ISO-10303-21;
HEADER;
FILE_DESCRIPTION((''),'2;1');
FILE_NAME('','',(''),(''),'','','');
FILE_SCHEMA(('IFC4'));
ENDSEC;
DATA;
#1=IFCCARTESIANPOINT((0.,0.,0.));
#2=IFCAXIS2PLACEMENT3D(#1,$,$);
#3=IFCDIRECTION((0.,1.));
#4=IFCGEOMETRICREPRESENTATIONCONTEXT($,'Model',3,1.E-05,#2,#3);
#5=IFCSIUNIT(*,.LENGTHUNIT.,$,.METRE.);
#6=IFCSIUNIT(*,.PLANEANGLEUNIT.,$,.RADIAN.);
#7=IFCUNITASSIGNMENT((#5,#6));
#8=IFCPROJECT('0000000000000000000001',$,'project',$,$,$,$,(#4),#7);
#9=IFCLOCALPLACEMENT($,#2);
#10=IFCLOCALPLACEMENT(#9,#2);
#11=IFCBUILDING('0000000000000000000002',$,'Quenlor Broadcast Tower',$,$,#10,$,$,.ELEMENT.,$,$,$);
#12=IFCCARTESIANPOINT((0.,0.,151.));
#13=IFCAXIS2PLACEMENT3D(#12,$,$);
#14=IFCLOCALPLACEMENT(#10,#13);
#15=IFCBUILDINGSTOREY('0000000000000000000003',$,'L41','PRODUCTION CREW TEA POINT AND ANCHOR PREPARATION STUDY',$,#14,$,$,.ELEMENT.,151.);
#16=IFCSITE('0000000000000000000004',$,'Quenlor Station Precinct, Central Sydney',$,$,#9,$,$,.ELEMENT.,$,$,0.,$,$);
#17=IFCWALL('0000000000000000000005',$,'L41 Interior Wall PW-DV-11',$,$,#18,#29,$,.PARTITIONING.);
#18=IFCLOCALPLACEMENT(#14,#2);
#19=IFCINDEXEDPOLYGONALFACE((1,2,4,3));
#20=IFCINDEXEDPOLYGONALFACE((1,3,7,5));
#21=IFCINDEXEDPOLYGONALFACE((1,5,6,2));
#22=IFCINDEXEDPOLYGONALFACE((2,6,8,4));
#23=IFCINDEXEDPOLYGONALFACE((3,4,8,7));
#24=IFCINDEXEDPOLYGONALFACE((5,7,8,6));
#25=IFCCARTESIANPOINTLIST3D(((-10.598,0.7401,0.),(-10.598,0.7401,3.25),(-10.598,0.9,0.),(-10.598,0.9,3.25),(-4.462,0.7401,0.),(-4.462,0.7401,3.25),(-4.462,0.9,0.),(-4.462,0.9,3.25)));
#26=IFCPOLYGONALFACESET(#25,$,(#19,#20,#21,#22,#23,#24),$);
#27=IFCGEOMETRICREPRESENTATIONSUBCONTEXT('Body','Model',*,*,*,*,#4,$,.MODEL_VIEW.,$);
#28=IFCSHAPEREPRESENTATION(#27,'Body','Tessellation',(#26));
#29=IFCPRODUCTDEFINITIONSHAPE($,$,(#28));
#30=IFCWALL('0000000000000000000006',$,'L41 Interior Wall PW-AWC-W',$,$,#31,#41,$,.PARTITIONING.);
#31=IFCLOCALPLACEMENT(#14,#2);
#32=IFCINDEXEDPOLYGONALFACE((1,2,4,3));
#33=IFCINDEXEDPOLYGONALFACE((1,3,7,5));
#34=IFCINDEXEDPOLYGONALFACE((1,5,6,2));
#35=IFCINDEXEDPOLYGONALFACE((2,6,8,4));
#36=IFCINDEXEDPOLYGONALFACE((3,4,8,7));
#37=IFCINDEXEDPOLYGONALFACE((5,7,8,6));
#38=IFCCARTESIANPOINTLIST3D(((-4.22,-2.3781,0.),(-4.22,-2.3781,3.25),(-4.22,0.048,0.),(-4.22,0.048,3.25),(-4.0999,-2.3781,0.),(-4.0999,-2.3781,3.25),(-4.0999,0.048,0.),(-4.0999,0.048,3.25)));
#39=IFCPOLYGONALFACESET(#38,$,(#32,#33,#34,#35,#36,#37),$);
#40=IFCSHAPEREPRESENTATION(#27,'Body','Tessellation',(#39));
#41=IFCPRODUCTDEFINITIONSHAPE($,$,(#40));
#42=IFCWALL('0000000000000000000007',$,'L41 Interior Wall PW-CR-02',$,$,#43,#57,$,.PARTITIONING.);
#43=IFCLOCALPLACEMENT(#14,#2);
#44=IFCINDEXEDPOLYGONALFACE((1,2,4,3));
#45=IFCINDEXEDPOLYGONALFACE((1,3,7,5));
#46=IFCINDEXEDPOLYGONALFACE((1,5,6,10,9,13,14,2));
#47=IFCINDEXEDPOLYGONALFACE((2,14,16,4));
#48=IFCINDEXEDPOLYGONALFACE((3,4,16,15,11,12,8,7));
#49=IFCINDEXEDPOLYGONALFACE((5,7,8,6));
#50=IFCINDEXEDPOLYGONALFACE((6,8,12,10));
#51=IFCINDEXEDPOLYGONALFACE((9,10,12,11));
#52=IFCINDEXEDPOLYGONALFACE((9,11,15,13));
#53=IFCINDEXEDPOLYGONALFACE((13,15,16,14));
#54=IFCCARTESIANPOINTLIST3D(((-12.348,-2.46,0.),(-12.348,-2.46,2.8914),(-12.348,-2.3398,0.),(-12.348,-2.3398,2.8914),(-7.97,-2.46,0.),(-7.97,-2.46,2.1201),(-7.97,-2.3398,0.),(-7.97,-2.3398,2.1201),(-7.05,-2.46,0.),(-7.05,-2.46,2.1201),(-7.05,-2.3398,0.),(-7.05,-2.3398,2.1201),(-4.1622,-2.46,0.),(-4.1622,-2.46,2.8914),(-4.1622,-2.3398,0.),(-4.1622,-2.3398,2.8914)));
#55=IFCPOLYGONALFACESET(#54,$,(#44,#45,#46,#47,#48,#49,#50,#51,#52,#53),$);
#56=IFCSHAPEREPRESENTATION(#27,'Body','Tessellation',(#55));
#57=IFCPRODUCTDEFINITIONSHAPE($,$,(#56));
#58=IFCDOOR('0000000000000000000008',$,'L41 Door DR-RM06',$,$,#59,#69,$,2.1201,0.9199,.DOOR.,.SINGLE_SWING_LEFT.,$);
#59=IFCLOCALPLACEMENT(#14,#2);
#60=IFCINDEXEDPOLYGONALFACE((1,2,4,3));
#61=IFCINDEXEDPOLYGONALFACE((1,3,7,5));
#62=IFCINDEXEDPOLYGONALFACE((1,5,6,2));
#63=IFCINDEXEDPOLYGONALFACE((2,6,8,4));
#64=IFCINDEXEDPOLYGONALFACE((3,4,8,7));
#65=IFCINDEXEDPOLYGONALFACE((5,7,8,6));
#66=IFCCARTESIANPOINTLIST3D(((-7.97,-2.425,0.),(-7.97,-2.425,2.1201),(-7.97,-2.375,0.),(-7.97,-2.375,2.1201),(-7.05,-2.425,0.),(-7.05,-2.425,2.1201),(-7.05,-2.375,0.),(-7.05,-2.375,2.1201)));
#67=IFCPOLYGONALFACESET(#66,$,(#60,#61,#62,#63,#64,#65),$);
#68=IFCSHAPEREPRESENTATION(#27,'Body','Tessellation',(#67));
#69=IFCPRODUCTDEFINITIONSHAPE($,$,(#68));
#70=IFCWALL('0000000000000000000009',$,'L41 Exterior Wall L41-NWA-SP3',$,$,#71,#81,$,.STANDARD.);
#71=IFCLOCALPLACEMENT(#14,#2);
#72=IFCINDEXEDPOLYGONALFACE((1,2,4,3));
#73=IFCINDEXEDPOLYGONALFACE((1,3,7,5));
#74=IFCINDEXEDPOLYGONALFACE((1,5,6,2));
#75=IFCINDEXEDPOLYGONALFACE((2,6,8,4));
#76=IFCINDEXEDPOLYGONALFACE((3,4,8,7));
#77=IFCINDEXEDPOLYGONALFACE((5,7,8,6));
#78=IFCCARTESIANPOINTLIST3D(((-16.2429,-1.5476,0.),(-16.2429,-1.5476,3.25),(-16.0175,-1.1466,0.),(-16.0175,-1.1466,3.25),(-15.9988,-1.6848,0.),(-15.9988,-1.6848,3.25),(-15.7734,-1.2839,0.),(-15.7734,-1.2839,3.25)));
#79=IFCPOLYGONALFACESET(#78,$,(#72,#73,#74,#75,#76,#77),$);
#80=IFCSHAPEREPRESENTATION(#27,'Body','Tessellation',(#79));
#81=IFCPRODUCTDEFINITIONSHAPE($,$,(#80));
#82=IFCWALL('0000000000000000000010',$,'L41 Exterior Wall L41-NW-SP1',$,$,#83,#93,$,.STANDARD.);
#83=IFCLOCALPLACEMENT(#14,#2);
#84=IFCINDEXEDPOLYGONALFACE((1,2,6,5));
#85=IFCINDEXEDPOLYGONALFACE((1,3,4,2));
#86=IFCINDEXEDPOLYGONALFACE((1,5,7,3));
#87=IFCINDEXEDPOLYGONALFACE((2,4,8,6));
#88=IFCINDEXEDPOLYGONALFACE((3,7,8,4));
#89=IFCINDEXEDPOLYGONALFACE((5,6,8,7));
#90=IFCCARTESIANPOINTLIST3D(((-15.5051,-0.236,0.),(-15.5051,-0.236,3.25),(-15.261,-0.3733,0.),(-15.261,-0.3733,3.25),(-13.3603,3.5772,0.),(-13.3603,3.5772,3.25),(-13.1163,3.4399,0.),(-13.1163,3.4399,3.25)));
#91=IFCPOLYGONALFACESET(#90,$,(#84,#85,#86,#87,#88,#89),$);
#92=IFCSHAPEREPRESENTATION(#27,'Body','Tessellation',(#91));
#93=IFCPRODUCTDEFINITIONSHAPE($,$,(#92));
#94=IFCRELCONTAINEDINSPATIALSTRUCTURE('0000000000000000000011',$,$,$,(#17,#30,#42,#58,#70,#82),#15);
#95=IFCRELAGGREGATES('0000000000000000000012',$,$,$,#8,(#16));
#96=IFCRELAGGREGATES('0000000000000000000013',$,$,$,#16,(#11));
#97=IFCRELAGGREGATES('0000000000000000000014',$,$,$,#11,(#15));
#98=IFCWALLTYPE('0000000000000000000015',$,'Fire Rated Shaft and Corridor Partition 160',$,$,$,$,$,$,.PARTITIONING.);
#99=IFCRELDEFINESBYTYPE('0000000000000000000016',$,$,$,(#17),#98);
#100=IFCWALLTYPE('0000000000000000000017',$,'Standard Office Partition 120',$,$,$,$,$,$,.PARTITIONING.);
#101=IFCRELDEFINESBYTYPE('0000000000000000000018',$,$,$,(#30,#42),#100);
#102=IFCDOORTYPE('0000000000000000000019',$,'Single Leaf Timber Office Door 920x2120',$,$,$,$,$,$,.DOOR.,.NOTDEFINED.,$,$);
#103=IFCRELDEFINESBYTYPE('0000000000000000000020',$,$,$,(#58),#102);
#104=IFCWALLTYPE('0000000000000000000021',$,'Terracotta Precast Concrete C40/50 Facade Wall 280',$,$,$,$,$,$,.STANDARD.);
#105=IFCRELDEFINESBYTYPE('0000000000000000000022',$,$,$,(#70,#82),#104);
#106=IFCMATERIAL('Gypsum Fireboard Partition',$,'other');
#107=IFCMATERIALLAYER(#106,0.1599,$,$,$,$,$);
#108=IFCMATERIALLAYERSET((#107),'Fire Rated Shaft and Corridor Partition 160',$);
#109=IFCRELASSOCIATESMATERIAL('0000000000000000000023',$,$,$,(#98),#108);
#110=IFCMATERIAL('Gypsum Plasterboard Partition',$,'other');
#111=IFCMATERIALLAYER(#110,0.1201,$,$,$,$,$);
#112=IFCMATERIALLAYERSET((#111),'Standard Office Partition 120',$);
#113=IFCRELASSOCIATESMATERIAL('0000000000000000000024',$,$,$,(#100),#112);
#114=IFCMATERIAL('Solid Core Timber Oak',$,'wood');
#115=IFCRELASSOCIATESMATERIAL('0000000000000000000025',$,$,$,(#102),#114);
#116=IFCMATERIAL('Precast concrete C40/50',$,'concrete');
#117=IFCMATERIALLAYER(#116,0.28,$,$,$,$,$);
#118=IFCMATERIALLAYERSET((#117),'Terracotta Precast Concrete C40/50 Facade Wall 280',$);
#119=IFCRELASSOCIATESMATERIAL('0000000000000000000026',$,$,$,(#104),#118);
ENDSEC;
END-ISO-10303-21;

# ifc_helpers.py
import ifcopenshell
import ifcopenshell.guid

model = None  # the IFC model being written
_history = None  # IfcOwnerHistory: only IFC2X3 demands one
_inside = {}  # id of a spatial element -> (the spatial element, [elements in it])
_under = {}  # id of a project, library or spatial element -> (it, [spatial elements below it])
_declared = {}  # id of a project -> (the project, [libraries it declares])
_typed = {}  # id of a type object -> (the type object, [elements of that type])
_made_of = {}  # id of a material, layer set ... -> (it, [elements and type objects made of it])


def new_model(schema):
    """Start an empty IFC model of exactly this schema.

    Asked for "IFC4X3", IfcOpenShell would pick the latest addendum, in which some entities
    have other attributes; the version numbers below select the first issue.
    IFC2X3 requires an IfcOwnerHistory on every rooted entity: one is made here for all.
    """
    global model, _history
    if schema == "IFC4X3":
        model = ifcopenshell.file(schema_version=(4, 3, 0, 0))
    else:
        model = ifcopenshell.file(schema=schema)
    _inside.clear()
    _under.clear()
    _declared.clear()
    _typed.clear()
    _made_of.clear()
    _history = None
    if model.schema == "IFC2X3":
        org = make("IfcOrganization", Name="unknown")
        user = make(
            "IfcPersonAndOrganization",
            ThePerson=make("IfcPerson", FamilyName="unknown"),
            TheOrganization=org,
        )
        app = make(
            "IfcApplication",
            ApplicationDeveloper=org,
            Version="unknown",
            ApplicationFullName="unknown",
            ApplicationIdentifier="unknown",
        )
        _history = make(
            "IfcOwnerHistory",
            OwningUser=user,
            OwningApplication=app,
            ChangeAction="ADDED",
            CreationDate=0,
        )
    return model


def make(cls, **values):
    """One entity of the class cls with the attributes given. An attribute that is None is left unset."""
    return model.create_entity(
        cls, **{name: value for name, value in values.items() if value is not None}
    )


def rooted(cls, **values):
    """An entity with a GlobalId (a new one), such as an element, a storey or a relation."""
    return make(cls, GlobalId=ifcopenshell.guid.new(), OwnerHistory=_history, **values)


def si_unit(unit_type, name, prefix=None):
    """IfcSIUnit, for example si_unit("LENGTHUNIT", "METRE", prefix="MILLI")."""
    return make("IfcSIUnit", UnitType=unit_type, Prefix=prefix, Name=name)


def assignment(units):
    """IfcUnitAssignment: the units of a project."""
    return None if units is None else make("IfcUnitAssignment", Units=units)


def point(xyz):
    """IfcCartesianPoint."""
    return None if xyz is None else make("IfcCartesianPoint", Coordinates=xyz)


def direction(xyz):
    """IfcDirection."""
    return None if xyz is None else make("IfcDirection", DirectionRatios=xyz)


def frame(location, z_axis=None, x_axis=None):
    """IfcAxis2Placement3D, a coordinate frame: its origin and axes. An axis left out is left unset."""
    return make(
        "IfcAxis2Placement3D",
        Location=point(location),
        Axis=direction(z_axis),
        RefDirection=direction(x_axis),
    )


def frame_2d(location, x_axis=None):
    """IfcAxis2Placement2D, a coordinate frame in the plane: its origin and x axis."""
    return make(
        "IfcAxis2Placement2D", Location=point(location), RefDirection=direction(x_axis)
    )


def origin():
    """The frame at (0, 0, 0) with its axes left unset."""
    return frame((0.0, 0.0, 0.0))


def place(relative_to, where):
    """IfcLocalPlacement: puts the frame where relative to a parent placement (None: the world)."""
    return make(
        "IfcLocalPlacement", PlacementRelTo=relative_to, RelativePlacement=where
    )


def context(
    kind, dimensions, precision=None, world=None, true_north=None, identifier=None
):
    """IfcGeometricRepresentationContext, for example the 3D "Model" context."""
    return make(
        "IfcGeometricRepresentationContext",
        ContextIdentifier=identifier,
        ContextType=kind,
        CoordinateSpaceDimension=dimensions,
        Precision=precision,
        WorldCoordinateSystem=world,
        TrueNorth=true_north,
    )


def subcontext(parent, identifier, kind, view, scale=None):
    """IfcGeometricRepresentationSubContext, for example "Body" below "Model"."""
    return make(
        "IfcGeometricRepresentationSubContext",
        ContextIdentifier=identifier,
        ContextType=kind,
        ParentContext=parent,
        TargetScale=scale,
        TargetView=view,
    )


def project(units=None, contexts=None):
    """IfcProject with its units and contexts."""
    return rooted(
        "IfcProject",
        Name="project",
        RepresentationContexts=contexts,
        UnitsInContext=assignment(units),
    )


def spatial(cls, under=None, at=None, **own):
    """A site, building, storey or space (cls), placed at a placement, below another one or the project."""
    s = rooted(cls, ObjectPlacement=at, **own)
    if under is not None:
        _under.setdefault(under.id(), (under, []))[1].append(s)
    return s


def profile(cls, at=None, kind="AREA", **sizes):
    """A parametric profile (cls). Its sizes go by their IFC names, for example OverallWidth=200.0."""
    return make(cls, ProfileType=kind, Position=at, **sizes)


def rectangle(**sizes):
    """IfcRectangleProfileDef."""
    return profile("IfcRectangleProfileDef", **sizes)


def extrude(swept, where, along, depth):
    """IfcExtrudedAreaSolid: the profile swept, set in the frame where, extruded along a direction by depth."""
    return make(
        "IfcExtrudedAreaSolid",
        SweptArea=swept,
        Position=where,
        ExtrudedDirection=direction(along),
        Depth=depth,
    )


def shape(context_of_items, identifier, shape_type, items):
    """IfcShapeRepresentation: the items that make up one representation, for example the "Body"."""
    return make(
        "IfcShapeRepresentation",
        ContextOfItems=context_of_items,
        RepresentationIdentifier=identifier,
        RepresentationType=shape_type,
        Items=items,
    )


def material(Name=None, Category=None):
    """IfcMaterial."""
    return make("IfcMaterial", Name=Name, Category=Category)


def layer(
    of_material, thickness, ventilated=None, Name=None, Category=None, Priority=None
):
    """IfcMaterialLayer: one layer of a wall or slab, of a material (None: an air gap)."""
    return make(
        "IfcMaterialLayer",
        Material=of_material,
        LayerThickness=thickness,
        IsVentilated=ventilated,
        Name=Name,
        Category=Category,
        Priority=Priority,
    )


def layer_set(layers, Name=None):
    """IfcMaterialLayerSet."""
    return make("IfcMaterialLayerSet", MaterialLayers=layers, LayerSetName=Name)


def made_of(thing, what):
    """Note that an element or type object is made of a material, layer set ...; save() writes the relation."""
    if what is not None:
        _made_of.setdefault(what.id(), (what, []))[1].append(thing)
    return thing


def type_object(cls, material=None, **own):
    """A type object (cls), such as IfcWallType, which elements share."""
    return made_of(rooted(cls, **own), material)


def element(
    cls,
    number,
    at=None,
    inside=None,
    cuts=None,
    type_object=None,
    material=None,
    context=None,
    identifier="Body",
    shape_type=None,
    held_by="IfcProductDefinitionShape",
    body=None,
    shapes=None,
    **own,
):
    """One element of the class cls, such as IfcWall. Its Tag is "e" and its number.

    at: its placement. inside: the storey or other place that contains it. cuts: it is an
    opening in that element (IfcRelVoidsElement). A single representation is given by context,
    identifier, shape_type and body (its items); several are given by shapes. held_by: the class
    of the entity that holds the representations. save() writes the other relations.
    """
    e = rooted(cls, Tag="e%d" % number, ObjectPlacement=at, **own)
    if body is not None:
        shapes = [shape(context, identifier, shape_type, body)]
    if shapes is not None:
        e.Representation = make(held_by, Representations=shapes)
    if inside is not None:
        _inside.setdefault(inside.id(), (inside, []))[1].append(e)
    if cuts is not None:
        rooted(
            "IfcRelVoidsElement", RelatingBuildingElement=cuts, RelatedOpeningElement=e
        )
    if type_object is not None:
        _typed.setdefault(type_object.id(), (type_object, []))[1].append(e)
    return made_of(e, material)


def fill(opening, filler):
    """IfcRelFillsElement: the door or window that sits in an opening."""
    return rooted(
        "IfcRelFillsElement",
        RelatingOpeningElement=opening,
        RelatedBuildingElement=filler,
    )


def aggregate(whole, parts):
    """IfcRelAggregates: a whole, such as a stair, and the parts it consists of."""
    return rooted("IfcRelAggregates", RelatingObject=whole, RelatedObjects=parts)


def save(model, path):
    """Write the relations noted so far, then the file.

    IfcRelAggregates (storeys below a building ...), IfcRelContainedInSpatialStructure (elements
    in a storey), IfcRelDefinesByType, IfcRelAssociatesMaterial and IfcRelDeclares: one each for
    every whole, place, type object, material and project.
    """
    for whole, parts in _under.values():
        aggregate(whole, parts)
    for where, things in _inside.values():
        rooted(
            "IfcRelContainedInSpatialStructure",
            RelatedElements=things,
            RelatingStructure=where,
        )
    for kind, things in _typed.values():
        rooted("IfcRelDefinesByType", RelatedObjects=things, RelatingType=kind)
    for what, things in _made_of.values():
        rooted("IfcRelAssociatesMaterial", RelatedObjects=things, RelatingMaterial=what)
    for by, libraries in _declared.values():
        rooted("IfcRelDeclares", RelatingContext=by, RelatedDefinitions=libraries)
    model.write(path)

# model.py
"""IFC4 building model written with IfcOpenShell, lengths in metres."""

from ifc_helpers import new_model, si_unit, direction, frame, frame_2d, origin, place, context, subcontext, project, spatial, rectangle, extrude, material, layer, layer_set, type_object, element, fill, save


model = new_model("IFC4")

# Units and contexts
model_context = context("Model", 3, precision=1e-05, world=origin(), true_north=direction((0.0, 1.0)))
body_context = subcontext(model_context, "Body", "Model", "MODEL_VIEW")
ifc_project = project(units=[si_unit("LENGTHUNIT", "METRE"), si_unit("PLANEANGLEUNIT", "RADIAN")], contexts=[model_context])

# Site, building, storey
site_placement = place(None, origin())
site = spatial("IfcSite", under=ifc_project, at=site_placement, Name="Quenlor Station Precinct, Central Sydney", CompositionType="ELEMENT", RefElevation=0.0)
building_placement = place(site_placement, origin())
building = spatial("IfcBuilding", under=site, at=building_placement, Name="Quenlor Broadcast Tower", CompositionType="ELEMENT")
storey_placement = place(building_placement, frame((0.0, 0.0, 151.0)))
storey = spatial("IfcBuildingStorey", under=building, at=storey_placement, Name="L41", Description="PRODUCTION CREW TEA POINT AND ANCHOR PREPARATION STUDY", CompositionType="ELEMENT", Elevation=151.0)

# Wall
ifc_material_1 = material(Name="Gypsum Fireboard Partition", Category="other")
ifc_layer_1 = layer(ifc_material_1, 0.1599)
ifc_layer_set_1 = layer_set([ifc_layer_1], Name="Fire Rated Shaft and Corridor Partition 160")
wall_type_1 = type_object("IfcWallType", Name="Fire Rated Shaft and Corridor Partition 160", PredefinedType="PARTITIONING", material=ifc_layer_set_1)
wall_1_placement = place(storey_placement, frame((-10.5979, 0.8201, 0.0), z_axis=(0.0, 0.0, 1.0), x_axis=(1.0, 0.0, 0.0)))
element("IfcWall", 1, at=wall_1_placement, inside=storey, type_object=wall_type_1, Name="L41 Interior Wall PW-DV-11", PredefinedType="PARTITIONING", context=body_context, shape_type="SweptSolid", body=[
    extrude(rectangle(XDim=6.136, YDim=0.1599, at=frame_2d((3.0679, 0.0))), origin(), (0.0, 0.0, 1.0), 3.25),
])

# Shared definitions
ifc_material_2 = material(Name="Gypsum Plasterboard Partition", Category="other")
ifc_layer_2 = layer(ifc_material_2, 0.1201)
ifc_layer_set_2 = layer_set([ifc_layer_2], Name="Standard Office Partition 120")
wall_type_2 = type_object("IfcWallType", Name="Standard Office Partition 120", PredefinedType="PARTITIONING", material=ifc_layer_set_2)

# Wall
wall_2_placement = place(storey_placement, frame((-4.1599, -2.3779, 0.0), z_axis=(0.0, 0.0, 1.0), x_axis=(0.0, 1.0, 0.0)))
element("IfcWall", 2, at=wall_2_placement, inside=storey, type_object=wall_type_2, Name="L41 Interior Wall PW-AWC-W", PredefinedType="PARTITIONING", context=body_context, shape_type="SweptSolid", body=[
    extrude(rectangle(XDim=2.426, YDim=0.1201, at=frame_2d((1.2129, 0.0))), origin(), (0.0, 0.0, 1.0), 3.25),
])

# Wall, opening, door
wall_3_placement = place(storey_placement, frame((-12.3479, -2.3999, 0.0), z_axis=(0.0, 0.0, 1.0), x_axis=(1.0, 0.0, 0.0)))
wall_3 = element("IfcWall", 3, at=wall_3_placement, inside=storey, type_object=wall_type_2, Name="L41 Interior Wall PW-CR-02", PredefinedType="PARTITIONING", context=body_context, shape_type="SweptSolid", body=[
    extrude(rectangle(XDim=8.1858, YDim=0.1201, at=frame_2d((4.0928, 0.0))), origin(), (0.0, 0.0, 1.0), 2.8914),
])
opening_1_placement = place(wall_3_placement, frame((4.3779, 0.0, 0.0)))
opening_1 = element("IfcOpeningElement", 4, at=opening_1_placement, cuts=wall_3, PredefinedType="OPENING", context=body_context, shape_type="SweptSolid", body=[
    extrude(rectangle(XDim=0.9199, YDim=2.1201, at=frame_2d((0.46, 1.0601))), frame((0.0, 0.0701, 0.0), z_axis=(0.0, -1.0, 0.0), x_axis=(1.0, 0.0, 0.0)), (0.0, 0.0, 1.0), 0.1401),
])
ifc_material_3 = material(Name="Solid Core Timber Oak", Category="wood")
door_type_1 = type_object("IfcDoorType", Name="Single Leaf Timber Office Door 920x2120", OperationType="NOTDEFINED", PredefinedType="DOOR", material=ifc_material_3)
door_1_placement = place(opening_1_placement, origin())
door_1 = element("IfcDoor", 5, at=door_1_placement, inside=storey, type_object=door_type_1, Name="L41 Door DR-RM06", OperationType="SINGLE_SWING_LEFT", OverallHeight=2.1201, OverallWidth=0.9199, PredefinedType="DOOR", context=body_context, shape_type="SweptSolid", body=[
    extrude(rectangle(XDim=0.9199, YDim=2.1201, at=frame_2d((0.46, 1.0601))), frame((0.0, 0.0249, 0.0), z_axis=(0.0, -1.0, 0.0), x_axis=(1.0, 0.0, 0.0)), (0.0, 0.0, 1.0), 0.05),
])
fill(opening_1, door_1)

# Walls
ifc_material_4 = material(Name="Precast concrete C40/50", Category="concrete")
ifc_layer_3 = layer(ifc_material_4, 0.28)
ifc_layer_set_3 = layer_set([ifc_layer_3], Name="Terracotta Precast Concrete C40/50 Facade Wall 280")
wall_type_3 = type_object("IfcWallType", Name="Terracotta Precast Concrete C40/50 Facade Wall 280", PredefinedType="STANDARD", material=ifc_layer_set_3)
wall_4_placement = place(storey_placement, frame((-16.1208, -1.6162, 0.0), z_axis=(0.0, 0.0, 1.0), x_axis=(0.490009, 0.871717, 0.0)))
element("IfcWall", 6, at=wall_4_placement, inside=storey, type_object=wall_type_3, Name="L41 Exterior Wall L41-NWA-SP3", PredefinedType="STANDARD", context=body_context, shape_type="SweptSolid", body=[
    extrude(rectangle(XDim=0.46, YDim=0.28, at=frame_2d((0.23, 0.0))), origin(), (0.0, 0.0, 1.0), 3.25),
])
wall_5_placement = place(storey_placement, frame((-15.3831, -0.3047, 0.0), z_axis=(0.0, 0.0, 1.0), x_axis=(0.490232, 0.871592, 0.0)))
element("IfcWall", 7, at=wall_5_placement, inside=storey, type_object=wall_type_3, Name="L41 Exterior Wall L41-NW-SP1", PredefinedType="STANDARD", context=body_context, shape_type="SweptSolid", body=[
    extrude(rectangle(XDim=4.375, YDim=0.28, at=frame_2d((2.1875, 0.0))), origin(), (0.0, 0.0, 1.0), 3.25),
])

save(model, "model.ifc")
